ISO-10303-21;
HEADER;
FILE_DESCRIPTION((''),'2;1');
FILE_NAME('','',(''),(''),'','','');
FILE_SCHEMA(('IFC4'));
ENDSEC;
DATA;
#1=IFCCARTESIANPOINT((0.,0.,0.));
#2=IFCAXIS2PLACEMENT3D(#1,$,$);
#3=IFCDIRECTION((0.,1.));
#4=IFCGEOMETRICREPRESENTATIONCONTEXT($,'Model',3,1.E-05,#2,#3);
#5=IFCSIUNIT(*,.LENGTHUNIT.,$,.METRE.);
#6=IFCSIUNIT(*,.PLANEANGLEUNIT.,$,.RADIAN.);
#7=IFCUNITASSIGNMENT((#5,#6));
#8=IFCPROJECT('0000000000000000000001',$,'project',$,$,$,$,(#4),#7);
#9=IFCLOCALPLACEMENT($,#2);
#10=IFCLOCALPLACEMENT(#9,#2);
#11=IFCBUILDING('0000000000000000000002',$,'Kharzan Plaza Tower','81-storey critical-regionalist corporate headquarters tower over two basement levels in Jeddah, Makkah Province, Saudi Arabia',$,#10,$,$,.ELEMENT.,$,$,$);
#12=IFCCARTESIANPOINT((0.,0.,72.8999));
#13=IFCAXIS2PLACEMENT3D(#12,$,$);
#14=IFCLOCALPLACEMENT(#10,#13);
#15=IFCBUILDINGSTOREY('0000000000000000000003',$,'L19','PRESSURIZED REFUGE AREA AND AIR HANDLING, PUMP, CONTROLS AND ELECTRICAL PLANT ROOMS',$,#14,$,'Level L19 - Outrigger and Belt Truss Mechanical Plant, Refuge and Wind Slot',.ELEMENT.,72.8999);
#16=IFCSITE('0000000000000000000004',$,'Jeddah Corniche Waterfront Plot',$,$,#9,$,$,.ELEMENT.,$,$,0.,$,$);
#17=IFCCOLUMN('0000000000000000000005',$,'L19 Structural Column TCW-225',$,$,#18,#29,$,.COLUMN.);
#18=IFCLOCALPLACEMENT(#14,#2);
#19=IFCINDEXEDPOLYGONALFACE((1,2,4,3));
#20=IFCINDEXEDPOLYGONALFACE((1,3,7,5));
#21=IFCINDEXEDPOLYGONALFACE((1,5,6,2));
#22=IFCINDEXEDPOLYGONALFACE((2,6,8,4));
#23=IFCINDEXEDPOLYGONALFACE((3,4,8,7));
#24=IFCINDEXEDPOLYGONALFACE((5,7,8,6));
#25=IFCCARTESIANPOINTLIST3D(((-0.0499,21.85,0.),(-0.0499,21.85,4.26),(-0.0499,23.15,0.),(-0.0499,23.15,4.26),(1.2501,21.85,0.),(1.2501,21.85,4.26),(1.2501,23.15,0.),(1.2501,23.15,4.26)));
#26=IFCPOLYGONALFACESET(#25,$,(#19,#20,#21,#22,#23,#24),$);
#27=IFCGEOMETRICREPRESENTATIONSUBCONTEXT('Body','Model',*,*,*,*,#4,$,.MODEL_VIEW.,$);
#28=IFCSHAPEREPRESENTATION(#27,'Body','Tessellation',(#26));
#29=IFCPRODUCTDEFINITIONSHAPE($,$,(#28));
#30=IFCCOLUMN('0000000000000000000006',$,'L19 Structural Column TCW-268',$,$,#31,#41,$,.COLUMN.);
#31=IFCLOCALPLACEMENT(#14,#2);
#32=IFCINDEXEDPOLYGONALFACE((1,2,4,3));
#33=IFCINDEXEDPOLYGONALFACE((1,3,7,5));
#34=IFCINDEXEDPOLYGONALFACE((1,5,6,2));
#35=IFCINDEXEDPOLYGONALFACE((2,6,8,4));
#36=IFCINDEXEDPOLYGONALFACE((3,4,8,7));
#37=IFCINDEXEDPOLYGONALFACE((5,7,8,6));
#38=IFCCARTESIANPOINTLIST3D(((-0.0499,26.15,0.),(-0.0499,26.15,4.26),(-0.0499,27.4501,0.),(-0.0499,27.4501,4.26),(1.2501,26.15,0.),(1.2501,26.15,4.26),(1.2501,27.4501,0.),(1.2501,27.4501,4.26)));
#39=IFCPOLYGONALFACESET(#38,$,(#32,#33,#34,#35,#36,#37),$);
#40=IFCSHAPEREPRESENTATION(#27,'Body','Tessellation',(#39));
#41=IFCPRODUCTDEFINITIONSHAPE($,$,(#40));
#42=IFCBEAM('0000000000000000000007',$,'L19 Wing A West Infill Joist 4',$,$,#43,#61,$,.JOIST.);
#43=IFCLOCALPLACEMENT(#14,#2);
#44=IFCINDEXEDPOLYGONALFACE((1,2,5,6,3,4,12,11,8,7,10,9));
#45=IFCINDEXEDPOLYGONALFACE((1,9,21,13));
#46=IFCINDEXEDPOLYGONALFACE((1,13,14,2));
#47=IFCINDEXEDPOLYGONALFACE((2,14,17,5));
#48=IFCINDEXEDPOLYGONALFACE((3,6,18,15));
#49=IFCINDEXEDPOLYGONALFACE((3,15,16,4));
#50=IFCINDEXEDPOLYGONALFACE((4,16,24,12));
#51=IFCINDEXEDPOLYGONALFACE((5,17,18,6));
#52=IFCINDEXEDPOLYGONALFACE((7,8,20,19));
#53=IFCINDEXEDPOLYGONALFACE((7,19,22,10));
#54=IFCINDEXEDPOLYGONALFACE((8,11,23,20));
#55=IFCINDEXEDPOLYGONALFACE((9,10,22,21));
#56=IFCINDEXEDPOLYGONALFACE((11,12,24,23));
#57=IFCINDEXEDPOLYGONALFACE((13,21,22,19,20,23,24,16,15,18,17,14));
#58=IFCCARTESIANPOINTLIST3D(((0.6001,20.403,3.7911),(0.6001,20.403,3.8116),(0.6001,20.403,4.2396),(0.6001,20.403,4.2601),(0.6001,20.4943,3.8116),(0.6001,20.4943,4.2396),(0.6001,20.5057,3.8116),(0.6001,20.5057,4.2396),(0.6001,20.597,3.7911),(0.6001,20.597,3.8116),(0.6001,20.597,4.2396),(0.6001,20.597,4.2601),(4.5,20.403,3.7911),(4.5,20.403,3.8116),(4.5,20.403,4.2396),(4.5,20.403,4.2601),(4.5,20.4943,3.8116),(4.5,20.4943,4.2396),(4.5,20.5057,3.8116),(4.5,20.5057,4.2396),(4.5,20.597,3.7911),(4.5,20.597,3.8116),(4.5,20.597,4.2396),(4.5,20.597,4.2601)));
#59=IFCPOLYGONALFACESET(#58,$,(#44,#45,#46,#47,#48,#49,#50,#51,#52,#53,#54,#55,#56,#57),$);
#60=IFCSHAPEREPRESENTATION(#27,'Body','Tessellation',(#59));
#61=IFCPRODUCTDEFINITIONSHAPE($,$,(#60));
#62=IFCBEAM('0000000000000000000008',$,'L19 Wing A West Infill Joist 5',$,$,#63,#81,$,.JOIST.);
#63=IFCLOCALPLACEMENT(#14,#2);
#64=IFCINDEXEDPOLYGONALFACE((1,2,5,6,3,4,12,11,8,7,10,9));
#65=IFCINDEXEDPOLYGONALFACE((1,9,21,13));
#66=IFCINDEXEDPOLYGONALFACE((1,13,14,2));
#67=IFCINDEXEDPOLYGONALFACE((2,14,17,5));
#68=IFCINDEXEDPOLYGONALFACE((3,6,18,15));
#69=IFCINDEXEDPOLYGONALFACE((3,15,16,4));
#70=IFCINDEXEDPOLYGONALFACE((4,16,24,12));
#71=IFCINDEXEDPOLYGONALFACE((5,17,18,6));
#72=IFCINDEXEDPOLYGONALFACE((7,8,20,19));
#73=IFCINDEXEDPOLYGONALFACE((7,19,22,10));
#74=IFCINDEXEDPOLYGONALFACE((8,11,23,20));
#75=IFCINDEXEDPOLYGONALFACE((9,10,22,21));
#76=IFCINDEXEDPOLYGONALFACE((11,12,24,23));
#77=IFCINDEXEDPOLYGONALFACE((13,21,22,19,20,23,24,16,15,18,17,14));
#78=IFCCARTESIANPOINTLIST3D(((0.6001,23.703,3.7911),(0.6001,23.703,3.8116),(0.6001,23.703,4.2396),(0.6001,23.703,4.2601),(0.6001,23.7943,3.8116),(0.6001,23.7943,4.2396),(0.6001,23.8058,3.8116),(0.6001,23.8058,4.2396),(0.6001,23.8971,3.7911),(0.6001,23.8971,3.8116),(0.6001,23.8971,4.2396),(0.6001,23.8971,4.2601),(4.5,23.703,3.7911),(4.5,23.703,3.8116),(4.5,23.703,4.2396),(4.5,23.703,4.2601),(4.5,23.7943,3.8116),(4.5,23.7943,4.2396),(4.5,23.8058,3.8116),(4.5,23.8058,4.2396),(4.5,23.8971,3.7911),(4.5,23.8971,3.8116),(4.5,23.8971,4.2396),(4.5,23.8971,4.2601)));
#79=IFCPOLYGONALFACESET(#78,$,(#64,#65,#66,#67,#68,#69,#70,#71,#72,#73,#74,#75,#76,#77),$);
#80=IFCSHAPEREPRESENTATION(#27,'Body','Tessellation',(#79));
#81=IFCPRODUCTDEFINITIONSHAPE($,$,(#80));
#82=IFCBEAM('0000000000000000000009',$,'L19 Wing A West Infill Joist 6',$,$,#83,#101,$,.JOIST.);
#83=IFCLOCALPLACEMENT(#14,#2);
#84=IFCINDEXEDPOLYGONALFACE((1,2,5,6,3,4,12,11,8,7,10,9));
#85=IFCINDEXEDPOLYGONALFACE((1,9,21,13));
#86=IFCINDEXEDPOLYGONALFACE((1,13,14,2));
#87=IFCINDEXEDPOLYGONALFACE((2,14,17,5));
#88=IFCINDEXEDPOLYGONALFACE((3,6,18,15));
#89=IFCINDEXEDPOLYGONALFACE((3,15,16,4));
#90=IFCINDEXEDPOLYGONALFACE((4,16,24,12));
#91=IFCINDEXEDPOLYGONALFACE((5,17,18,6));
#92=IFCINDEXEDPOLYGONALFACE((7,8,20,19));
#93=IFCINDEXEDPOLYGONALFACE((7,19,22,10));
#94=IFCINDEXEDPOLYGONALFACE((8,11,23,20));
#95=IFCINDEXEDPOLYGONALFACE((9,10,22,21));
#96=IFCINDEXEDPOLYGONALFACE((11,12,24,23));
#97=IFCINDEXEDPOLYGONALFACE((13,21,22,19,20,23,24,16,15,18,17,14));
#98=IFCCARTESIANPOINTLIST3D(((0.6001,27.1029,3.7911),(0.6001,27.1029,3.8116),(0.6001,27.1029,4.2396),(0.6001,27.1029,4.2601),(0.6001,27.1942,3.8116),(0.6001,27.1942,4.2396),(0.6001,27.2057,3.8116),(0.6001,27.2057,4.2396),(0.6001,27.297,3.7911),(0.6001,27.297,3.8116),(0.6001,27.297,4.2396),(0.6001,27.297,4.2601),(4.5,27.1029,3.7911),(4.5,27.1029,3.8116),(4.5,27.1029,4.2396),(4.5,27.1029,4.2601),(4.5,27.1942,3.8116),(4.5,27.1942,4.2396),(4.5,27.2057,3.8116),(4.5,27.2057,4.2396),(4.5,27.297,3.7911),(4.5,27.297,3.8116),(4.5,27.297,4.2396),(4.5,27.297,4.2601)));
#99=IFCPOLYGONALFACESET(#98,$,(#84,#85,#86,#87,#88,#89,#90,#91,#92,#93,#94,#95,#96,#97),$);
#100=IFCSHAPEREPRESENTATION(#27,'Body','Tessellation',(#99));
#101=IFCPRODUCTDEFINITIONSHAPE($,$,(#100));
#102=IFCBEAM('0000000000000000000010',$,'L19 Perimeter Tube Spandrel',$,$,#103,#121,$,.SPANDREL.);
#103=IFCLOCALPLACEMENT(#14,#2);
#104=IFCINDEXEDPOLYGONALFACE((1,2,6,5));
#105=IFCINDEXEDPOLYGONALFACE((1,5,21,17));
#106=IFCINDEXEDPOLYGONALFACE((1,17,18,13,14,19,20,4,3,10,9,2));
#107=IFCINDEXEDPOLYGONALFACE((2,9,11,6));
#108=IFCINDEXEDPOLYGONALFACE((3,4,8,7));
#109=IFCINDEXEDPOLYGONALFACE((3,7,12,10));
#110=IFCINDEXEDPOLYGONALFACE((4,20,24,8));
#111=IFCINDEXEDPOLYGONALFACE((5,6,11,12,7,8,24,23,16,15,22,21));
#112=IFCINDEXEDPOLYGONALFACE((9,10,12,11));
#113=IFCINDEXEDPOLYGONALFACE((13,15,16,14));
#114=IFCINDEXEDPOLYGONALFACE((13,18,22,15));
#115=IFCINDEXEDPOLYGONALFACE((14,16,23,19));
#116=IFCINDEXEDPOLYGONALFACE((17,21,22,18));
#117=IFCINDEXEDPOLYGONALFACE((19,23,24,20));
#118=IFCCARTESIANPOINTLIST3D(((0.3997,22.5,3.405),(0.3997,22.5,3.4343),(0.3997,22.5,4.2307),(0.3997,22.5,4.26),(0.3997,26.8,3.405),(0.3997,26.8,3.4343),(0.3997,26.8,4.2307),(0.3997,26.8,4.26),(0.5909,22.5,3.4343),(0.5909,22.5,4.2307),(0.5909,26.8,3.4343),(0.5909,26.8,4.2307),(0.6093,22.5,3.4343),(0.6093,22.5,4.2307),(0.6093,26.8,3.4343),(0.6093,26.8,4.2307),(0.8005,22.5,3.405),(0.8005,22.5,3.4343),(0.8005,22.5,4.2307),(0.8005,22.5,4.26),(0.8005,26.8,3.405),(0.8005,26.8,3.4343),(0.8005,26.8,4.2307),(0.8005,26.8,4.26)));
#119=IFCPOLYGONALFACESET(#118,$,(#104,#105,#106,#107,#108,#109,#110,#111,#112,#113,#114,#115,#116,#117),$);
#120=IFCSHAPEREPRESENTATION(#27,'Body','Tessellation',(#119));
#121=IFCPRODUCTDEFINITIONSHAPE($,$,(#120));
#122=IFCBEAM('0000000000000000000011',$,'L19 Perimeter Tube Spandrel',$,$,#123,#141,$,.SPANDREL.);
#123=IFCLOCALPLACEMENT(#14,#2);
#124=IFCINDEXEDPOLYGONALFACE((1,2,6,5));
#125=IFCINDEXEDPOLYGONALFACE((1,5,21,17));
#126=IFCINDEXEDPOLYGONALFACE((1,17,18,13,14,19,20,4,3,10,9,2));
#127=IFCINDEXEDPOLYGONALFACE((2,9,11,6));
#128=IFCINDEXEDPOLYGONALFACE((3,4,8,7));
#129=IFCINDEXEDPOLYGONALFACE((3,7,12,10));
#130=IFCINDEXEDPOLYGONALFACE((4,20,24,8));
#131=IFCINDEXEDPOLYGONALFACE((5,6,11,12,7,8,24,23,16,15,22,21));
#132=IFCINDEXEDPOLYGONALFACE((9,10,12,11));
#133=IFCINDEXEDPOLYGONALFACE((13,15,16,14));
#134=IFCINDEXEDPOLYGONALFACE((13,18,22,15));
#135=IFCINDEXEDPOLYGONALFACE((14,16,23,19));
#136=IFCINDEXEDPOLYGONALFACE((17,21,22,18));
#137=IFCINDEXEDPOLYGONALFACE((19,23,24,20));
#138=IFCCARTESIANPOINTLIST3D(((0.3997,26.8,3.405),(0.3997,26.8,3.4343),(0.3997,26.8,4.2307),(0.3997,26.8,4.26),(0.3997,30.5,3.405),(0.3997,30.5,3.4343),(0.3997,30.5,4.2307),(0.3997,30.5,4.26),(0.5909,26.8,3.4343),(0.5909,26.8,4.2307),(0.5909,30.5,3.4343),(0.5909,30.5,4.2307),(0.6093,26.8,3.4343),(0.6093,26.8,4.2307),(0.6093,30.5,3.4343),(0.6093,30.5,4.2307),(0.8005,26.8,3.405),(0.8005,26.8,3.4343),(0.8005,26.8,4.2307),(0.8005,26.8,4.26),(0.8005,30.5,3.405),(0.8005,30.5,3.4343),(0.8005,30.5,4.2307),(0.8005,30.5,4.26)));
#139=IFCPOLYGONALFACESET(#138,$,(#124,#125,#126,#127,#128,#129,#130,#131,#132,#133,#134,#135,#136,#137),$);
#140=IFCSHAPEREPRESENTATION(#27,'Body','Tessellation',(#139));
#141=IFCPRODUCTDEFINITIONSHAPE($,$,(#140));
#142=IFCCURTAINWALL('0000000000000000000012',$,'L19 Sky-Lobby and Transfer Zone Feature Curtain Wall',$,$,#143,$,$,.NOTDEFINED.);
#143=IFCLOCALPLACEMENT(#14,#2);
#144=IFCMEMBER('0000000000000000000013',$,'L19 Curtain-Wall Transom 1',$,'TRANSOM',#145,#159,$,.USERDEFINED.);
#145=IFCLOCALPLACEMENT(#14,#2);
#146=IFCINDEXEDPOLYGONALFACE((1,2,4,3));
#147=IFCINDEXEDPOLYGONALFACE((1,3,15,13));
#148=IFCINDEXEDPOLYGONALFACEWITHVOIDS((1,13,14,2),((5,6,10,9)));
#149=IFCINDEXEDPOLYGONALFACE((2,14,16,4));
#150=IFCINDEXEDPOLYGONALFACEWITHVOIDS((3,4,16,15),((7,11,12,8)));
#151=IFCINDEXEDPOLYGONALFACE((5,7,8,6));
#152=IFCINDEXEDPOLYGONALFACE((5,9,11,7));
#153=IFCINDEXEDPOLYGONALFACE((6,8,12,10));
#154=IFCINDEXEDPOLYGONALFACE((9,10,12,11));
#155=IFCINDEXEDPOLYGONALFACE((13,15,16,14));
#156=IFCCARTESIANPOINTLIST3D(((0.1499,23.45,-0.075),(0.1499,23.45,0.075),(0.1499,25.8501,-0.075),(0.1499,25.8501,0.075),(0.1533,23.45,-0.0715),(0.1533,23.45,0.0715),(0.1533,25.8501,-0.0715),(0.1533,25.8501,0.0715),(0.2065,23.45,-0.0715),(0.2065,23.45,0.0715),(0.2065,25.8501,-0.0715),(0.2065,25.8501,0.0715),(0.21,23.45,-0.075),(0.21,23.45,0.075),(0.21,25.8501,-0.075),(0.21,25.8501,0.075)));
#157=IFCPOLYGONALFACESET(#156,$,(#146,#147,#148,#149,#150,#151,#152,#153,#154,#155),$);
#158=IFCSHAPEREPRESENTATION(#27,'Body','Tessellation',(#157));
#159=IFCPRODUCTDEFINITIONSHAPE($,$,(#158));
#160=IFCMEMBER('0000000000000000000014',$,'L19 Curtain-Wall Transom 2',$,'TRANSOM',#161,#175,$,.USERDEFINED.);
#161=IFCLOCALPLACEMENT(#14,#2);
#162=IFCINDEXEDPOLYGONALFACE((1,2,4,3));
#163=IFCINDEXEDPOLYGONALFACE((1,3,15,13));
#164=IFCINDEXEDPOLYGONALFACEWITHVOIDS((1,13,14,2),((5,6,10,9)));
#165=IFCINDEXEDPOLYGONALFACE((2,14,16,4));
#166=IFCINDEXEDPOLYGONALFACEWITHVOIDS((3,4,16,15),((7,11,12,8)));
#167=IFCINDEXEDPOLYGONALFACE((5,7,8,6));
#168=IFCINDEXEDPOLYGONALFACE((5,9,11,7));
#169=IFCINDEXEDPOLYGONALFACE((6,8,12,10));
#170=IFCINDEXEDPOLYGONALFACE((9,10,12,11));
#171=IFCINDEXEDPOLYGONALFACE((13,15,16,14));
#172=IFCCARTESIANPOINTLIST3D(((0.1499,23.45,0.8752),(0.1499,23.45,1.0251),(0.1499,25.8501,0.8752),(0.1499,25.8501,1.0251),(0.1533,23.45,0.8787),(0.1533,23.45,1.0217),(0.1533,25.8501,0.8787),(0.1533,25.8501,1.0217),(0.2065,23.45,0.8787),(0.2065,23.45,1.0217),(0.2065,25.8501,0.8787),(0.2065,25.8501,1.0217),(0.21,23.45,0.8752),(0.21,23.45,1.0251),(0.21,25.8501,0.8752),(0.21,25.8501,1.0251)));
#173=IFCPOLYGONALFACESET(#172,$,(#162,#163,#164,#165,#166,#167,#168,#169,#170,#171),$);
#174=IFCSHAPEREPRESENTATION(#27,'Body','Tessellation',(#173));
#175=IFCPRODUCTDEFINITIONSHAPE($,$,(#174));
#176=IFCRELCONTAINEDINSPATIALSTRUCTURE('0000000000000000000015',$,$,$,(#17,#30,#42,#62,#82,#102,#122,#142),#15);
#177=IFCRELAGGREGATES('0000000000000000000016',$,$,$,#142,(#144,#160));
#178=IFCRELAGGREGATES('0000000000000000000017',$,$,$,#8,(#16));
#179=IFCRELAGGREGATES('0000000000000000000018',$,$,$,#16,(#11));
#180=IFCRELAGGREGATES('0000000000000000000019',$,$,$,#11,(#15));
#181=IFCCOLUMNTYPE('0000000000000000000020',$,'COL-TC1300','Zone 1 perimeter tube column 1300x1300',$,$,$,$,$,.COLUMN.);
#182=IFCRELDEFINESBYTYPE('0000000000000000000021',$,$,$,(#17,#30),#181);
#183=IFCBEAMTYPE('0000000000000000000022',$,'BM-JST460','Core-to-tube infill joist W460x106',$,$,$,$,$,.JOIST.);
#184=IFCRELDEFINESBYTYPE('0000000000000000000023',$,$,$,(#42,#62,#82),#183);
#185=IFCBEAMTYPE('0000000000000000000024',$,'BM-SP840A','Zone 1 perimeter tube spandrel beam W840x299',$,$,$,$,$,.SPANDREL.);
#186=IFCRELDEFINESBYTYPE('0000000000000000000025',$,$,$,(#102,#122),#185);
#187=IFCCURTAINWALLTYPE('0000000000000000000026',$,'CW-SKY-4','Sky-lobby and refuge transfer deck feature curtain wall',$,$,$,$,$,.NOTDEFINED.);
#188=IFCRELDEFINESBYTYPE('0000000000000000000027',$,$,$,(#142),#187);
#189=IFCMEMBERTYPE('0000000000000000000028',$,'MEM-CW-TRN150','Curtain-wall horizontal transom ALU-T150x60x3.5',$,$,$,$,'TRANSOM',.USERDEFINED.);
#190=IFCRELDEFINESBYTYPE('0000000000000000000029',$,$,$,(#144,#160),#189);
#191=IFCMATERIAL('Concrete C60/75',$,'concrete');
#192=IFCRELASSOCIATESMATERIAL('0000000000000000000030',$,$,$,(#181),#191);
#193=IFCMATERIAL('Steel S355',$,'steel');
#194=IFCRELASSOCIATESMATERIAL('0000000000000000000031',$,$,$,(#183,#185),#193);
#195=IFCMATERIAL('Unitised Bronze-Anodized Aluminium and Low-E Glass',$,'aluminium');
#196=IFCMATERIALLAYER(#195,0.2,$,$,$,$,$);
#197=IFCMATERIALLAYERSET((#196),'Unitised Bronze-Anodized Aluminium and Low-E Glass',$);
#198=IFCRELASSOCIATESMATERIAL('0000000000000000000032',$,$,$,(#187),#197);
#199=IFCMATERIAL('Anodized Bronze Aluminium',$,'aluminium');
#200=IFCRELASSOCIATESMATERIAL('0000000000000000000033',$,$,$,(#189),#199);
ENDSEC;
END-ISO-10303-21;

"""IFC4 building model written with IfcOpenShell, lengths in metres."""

from ifc_helpers import new_model, si_unit, direction, frame, origin, origin_2d, place, context, subcontext, project, spatial, rectangle, hollow_rectangle, i_section, extrude, source, transform, mapped, material, layer, layer_set, material_profile, profile_set, type_object, element, aggregate, save


model = new_model("IFC4")

# Units and contexts
model_context = context("Model", 3, precision=1e-05, world=origin(), true_north=direction((0.0, 1.0)))
body_context = subcontext(model_context, "Body", "Model", "MODEL_VIEW")
ifc_project = project(units=[si_unit("LENGTHUNIT", "METRE"), si_unit("PLANEANGLEUNIT", "RADIAN")], contexts=[model_context])

# Site, building, storey
site_placement = place(None, origin())
site = spatial("IfcSite", under=ifc_project, at=site_placement, Name="Jeddah Corniche Waterfront Plot", CompositionType="ELEMENT", RefElevation=0.0)
building_placement = place(site_placement, origin())
building = spatial("IfcBuilding", under=site, at=building_placement, Name="Kharzan Plaza Tower", Description="81-storey critical-regionalist corporate headquarters tower over two basement levels in Jeddah, Makkah Province, Saudi Arabia", CompositionType="ELEMENT")
storey_placement = place(building_placement, frame((0.0, 0.0, 72.8999)))
storey = spatial("IfcBuildingStorey", under=building, at=storey_placement, Name="L19", Description="PRESSURIZED REFUGE AREA AND AIR HANDLING, PUMP, CONTROLS AND ELECTRICAL PLANT ROOMS", LongName="Level L19 - Outrigger and Belt Truss Mechanical Plant, Refuge and Wind Slot", CompositionType="ELEMENT", Elevation=72.8999)

# Columns
ifc_material_1 = material(Name="Concrete C60/75", Category="concrete")
ifc_material_profile_1 = material_profile(ifc_material_1, rectangle(XDim=1.3, YDim=1.3, at=origin_2d()), Name="RC-TC1300x1300")
ifc_profile_set_1 = profile_set([ifc_material_profile_1], Name="Concrete C60/75")
column_type = type_object("IfcColumnType", Name="COL-TC1300", Description="Zone 1 perimeter tube column 1300x1300", PredefinedType="COLUMN", material=ifc_profile_set_1)
shared_shape_1 = source(origin(), body_context, "Body", "SweptSolid", [
    extrude(rectangle(XDim=1.3, YDim=1.3, at=origin_2d()), origin(), (0.0, 0.0, 1.0), 4.26),
])
for number, where, z_axis, x_axis, name in (
    (1, (0.6001, 22.5, 0.0), (0.0, 0.0, 1.0), (1.0, 0.0, 0.0), "L19 Structural Column TCW-225"),
    (2, (0.6001, 26.8, 0.0), (0.0, 0.0, 1.0), (1.0, 0.0, 0.0), "L19 Structural Column TCW-268"),
):
    element("IfcColumn", number, at=place(storey_placement, frame(where, z_axis=z_axis, x_axis=x_axis)), inside=storey, type_object=column_type, Name=name, PredefinedType="COLUMN", context=body_context, shape_type="MappedRepresentation", body=[
        mapped(shared_shape_1, transform((0.0, 0.0, 0.0), x_axis=(1.0, 0.0, 0.0), y_axis=(0.0, 1.0, 0.0), z_axis=(0.0, 0.0, 1.0))),
    ])

# Beams
ifc_material_2 = material(Name="Steel S355", Category="steel")
ifc_material_profile_2 = material_profile(ifc_material_2, i_section(OverallWidth=0.1941, OverallDepth=0.469, WebThickness=0.0115, FlangeThickness=0.0205, at=origin_2d()), Name="W460x106")
ifc_profile_set_2 = profile_set([ifc_material_profile_2], Name="Steel S355")
beam_type_1 = type_object("IfcBeamType", Name="BM-JST460", Description="Core-to-tube infill joist W460x106", PredefinedType="JOIST", material=ifc_profile_set_2)
shared_shape_2 = source(origin(), body_context, "Body", "SweptSolid", [
    extrude(i_section(OverallWidth=0.1941, OverallDepth=0.469, WebThickness=0.0115, FlangeThickness=0.0205, at=origin_2d()), origin(), (0.0, 0.0, 1.0), 3.8999),
])
for number, where, z_axis, x_axis, name in (
    (3, (0.6001, 20.5, 4.0256), (1.0, 0.0, 0.0), (0.0, 1.0, 0.0), "L19 Wing A West Infill Joist 4"),
    (4, (0.6001, 23.8, 4.0256), (1.0, 0.0, 0.0), (0.0, 1.0, 0.0), "L19 Wing A West Infill Joist 5"),
    (5, (0.6001, 27.2, 4.0256), (1.0, 0.0, 0.0), (0.0, 1.0, 0.0), "L19 Wing A West Infill Joist 6"),
):
    element("IfcBeam", number, at=place(storey_placement, frame(where, z_axis=z_axis, x_axis=x_axis)), inside=storey, type_object=beam_type_1, Name=name, PredefinedType="JOIST", context=body_context, shape_type="MappedRepresentation", body=[
        mapped(shared_shape_2, transform((0.0, 0.0, 0.0), x_axis=(1.0, 0.0, 0.0), y_axis=(0.0, 1.0, 0.0), z_axis=(0.0, 0.0, 1.0))),
    ])
ifc_material_profile_3 = material_profile(ifc_material_2, i_section(OverallWidth=0.4009, OverallDepth=0.855, WebThickness=0.0183, FlangeThickness=0.0293, at=origin_2d()), Name="W840x299")
ifc_profile_set_3 = profile_set([ifc_material_profile_3], Name="Steel S355")
beam_type_2 = type_object("IfcBeamType", Name="BM-SP840A", Description="Zone 1 perimeter tube spandrel beam W840x299", PredefinedType="SPANDREL", material=ifc_profile_set_3)
shared_shape_3 = source(origin(), body_context, "Body", "SweptSolid", [
    extrude(i_section(OverallWidth=0.4009, OverallDepth=0.855, WebThickness=0.0183, FlangeThickness=0.0293, at=origin_2d()), origin(), (0.0, 0.0, 1.0), 4.3),
])
beam_1_placement = place(storey_placement, frame((0.6001, 22.5, 3.8325), z_axis=(0.0, 1.0, 0.0), x_axis=(-1.0, 0.0, 0.0)))
element("IfcBeam", 6, at=beam_1_placement, inside=storey, type_object=beam_type_2, Name="L19 Perimeter Tube Spandrel", PredefinedType="SPANDREL", context=body_context, shape_type="MappedRepresentation", body=[
    mapped(shared_shape_3, transform((0.0, 0.0, 0.0), x_axis=(1.0, 0.0, 0.0), y_axis=(0.0, 1.0, 0.0), z_axis=(0.0, 0.0, 1.0))),
])
shared_shape_4 = source(origin(), body_context, "Body", "SweptSolid", [
    extrude(i_section(OverallWidth=0.4009, OverallDepth=0.855, WebThickness=0.0183, FlangeThickness=0.0293, at=origin_2d()), origin(), (0.0, 0.0, 1.0), 3.7),
])
beam_2_placement = place(storey_placement, frame((0.6001, 26.8, 3.8325), z_axis=(0.0, 1.0, 0.0), x_axis=(-1.0, 0.0, 0.0)))
element("IfcBeam", 7, at=beam_2_placement, inside=storey, type_object=beam_type_2, Name="L19 Perimeter Tube Spandrel", PredefinedType="SPANDREL", context=body_context, shape_type="MappedRepresentation", body=[
    mapped(shared_shape_4, transform((0.0, 0.0, 0.0), x_axis=(1.0, 0.0, 0.0), y_axis=(0.0, 1.0, 0.0), z_axis=(0.0, 0.0, 1.0))),
])

# Curtain wall, members
ifc_material_3 = material(Name="Unitised Bronze-Anodized Aluminium and Low-E Glass", Category="aluminium")
ifc_layer_1 = layer(ifc_material_3, 0.2)
ifc_layer_set_1 = layer_set([ifc_layer_1], Name="Unitised Bronze-Anodized Aluminium and Low-E Glass")
curtain_wall_type = type_object("IfcCurtainWallType", Name="CW-SKY-4", Description="Sky-lobby and refuge transfer deck feature curtain wall", PredefinedType="NOTDEFINED", material=ifc_layer_set_1)
curtain_wall_placement = place(storey_placement, origin())
curtain_wall = element("IfcCurtainWall", 8, at=curtain_wall_placement, inside=storey, type_object=curtain_wall_type, Name="L19 Sky-Lobby and Transfer Zone Feature Curtain Wall", PredefinedType="NOTDEFINED")
ifc_material_4 = material(Name="Anodized Bronze Aluminium", Category="aluminium")
ifc_material_profile_4 = material_profile(ifc_material_4, hollow_rectangle(XDim=0.0601, YDim=0.1499, WallThickness=0.0034, at=origin_2d()), Name="ALU-T150x60x3.5")
ifc_profile_set_4 = profile_set([ifc_material_profile_4], Name="Anodized Bronze Aluminium")
member_type_1 = type_object("IfcMemberType", Name="MEM-CW-TRN150", Description="Curtain-wall horizontal transom ALU-T150x60x3.5", ElementType="TRANSOM", PredefinedType="USERDEFINED", material=ifc_profile_set_4)
shared_shape_5 = source(origin(), body_context, "Body", "SweptSolid", [
    extrude(hollow_rectangle(XDim=0.0601, YDim=0.1499, WallThickness=0.0034, at=origin_2d()), origin(), (0.0, 0.0, 1.0), 2.4001),
])
member_1_placement = place(storey_placement, frame((0.1799, 23.45, 0.0), z_axis=(0.0, 1.0, 0.0), x_axis=(-1.0, 0.0, 0.0)))
member_1 = element("IfcMember", 9, at=member_1_placement, type_object=member_type_1, Name="L19 Curtain-Wall Transom 1", ObjectType="TRANSOM", PredefinedType="USERDEFINED", context=body_context, shape_type="MappedRepresentation", body=[
    mapped(shared_shape_5, transform((0.0, 0.0, 0.0), x_axis=(1.0, 0.0, 0.0), y_axis=(0.0, 1.0, 0.0), z_axis=(0.0, 0.0, 1.0))),
])
member_2_placement = place(storey_placement, frame((0.1799, 23.45, 0.9502), z_axis=(0.0, 1.0, 0.0), x_axis=(-1.0, 0.0, 0.0)))
member_2 = element("IfcMember", 10, at=member_2_placement, type_object=member_type_1, Name="L19 Curtain-Wall Transom 2", ObjectType="TRANSOM", PredefinedType="USERDEFINED", context=body_context, shape_type="MappedRepresentation", body=[
    mapped(shared_shape_5, transform((0.0, 0.0, 0.0), x_axis=(1.0, 0.0, 0.0), y_axis=(0.0, 1.0, 0.0), z_axis=(0.0, 0.0, 1.0))),
])

aggregate(curtain_wall, [member_1, member_2])

save(model, "model.ifc")
